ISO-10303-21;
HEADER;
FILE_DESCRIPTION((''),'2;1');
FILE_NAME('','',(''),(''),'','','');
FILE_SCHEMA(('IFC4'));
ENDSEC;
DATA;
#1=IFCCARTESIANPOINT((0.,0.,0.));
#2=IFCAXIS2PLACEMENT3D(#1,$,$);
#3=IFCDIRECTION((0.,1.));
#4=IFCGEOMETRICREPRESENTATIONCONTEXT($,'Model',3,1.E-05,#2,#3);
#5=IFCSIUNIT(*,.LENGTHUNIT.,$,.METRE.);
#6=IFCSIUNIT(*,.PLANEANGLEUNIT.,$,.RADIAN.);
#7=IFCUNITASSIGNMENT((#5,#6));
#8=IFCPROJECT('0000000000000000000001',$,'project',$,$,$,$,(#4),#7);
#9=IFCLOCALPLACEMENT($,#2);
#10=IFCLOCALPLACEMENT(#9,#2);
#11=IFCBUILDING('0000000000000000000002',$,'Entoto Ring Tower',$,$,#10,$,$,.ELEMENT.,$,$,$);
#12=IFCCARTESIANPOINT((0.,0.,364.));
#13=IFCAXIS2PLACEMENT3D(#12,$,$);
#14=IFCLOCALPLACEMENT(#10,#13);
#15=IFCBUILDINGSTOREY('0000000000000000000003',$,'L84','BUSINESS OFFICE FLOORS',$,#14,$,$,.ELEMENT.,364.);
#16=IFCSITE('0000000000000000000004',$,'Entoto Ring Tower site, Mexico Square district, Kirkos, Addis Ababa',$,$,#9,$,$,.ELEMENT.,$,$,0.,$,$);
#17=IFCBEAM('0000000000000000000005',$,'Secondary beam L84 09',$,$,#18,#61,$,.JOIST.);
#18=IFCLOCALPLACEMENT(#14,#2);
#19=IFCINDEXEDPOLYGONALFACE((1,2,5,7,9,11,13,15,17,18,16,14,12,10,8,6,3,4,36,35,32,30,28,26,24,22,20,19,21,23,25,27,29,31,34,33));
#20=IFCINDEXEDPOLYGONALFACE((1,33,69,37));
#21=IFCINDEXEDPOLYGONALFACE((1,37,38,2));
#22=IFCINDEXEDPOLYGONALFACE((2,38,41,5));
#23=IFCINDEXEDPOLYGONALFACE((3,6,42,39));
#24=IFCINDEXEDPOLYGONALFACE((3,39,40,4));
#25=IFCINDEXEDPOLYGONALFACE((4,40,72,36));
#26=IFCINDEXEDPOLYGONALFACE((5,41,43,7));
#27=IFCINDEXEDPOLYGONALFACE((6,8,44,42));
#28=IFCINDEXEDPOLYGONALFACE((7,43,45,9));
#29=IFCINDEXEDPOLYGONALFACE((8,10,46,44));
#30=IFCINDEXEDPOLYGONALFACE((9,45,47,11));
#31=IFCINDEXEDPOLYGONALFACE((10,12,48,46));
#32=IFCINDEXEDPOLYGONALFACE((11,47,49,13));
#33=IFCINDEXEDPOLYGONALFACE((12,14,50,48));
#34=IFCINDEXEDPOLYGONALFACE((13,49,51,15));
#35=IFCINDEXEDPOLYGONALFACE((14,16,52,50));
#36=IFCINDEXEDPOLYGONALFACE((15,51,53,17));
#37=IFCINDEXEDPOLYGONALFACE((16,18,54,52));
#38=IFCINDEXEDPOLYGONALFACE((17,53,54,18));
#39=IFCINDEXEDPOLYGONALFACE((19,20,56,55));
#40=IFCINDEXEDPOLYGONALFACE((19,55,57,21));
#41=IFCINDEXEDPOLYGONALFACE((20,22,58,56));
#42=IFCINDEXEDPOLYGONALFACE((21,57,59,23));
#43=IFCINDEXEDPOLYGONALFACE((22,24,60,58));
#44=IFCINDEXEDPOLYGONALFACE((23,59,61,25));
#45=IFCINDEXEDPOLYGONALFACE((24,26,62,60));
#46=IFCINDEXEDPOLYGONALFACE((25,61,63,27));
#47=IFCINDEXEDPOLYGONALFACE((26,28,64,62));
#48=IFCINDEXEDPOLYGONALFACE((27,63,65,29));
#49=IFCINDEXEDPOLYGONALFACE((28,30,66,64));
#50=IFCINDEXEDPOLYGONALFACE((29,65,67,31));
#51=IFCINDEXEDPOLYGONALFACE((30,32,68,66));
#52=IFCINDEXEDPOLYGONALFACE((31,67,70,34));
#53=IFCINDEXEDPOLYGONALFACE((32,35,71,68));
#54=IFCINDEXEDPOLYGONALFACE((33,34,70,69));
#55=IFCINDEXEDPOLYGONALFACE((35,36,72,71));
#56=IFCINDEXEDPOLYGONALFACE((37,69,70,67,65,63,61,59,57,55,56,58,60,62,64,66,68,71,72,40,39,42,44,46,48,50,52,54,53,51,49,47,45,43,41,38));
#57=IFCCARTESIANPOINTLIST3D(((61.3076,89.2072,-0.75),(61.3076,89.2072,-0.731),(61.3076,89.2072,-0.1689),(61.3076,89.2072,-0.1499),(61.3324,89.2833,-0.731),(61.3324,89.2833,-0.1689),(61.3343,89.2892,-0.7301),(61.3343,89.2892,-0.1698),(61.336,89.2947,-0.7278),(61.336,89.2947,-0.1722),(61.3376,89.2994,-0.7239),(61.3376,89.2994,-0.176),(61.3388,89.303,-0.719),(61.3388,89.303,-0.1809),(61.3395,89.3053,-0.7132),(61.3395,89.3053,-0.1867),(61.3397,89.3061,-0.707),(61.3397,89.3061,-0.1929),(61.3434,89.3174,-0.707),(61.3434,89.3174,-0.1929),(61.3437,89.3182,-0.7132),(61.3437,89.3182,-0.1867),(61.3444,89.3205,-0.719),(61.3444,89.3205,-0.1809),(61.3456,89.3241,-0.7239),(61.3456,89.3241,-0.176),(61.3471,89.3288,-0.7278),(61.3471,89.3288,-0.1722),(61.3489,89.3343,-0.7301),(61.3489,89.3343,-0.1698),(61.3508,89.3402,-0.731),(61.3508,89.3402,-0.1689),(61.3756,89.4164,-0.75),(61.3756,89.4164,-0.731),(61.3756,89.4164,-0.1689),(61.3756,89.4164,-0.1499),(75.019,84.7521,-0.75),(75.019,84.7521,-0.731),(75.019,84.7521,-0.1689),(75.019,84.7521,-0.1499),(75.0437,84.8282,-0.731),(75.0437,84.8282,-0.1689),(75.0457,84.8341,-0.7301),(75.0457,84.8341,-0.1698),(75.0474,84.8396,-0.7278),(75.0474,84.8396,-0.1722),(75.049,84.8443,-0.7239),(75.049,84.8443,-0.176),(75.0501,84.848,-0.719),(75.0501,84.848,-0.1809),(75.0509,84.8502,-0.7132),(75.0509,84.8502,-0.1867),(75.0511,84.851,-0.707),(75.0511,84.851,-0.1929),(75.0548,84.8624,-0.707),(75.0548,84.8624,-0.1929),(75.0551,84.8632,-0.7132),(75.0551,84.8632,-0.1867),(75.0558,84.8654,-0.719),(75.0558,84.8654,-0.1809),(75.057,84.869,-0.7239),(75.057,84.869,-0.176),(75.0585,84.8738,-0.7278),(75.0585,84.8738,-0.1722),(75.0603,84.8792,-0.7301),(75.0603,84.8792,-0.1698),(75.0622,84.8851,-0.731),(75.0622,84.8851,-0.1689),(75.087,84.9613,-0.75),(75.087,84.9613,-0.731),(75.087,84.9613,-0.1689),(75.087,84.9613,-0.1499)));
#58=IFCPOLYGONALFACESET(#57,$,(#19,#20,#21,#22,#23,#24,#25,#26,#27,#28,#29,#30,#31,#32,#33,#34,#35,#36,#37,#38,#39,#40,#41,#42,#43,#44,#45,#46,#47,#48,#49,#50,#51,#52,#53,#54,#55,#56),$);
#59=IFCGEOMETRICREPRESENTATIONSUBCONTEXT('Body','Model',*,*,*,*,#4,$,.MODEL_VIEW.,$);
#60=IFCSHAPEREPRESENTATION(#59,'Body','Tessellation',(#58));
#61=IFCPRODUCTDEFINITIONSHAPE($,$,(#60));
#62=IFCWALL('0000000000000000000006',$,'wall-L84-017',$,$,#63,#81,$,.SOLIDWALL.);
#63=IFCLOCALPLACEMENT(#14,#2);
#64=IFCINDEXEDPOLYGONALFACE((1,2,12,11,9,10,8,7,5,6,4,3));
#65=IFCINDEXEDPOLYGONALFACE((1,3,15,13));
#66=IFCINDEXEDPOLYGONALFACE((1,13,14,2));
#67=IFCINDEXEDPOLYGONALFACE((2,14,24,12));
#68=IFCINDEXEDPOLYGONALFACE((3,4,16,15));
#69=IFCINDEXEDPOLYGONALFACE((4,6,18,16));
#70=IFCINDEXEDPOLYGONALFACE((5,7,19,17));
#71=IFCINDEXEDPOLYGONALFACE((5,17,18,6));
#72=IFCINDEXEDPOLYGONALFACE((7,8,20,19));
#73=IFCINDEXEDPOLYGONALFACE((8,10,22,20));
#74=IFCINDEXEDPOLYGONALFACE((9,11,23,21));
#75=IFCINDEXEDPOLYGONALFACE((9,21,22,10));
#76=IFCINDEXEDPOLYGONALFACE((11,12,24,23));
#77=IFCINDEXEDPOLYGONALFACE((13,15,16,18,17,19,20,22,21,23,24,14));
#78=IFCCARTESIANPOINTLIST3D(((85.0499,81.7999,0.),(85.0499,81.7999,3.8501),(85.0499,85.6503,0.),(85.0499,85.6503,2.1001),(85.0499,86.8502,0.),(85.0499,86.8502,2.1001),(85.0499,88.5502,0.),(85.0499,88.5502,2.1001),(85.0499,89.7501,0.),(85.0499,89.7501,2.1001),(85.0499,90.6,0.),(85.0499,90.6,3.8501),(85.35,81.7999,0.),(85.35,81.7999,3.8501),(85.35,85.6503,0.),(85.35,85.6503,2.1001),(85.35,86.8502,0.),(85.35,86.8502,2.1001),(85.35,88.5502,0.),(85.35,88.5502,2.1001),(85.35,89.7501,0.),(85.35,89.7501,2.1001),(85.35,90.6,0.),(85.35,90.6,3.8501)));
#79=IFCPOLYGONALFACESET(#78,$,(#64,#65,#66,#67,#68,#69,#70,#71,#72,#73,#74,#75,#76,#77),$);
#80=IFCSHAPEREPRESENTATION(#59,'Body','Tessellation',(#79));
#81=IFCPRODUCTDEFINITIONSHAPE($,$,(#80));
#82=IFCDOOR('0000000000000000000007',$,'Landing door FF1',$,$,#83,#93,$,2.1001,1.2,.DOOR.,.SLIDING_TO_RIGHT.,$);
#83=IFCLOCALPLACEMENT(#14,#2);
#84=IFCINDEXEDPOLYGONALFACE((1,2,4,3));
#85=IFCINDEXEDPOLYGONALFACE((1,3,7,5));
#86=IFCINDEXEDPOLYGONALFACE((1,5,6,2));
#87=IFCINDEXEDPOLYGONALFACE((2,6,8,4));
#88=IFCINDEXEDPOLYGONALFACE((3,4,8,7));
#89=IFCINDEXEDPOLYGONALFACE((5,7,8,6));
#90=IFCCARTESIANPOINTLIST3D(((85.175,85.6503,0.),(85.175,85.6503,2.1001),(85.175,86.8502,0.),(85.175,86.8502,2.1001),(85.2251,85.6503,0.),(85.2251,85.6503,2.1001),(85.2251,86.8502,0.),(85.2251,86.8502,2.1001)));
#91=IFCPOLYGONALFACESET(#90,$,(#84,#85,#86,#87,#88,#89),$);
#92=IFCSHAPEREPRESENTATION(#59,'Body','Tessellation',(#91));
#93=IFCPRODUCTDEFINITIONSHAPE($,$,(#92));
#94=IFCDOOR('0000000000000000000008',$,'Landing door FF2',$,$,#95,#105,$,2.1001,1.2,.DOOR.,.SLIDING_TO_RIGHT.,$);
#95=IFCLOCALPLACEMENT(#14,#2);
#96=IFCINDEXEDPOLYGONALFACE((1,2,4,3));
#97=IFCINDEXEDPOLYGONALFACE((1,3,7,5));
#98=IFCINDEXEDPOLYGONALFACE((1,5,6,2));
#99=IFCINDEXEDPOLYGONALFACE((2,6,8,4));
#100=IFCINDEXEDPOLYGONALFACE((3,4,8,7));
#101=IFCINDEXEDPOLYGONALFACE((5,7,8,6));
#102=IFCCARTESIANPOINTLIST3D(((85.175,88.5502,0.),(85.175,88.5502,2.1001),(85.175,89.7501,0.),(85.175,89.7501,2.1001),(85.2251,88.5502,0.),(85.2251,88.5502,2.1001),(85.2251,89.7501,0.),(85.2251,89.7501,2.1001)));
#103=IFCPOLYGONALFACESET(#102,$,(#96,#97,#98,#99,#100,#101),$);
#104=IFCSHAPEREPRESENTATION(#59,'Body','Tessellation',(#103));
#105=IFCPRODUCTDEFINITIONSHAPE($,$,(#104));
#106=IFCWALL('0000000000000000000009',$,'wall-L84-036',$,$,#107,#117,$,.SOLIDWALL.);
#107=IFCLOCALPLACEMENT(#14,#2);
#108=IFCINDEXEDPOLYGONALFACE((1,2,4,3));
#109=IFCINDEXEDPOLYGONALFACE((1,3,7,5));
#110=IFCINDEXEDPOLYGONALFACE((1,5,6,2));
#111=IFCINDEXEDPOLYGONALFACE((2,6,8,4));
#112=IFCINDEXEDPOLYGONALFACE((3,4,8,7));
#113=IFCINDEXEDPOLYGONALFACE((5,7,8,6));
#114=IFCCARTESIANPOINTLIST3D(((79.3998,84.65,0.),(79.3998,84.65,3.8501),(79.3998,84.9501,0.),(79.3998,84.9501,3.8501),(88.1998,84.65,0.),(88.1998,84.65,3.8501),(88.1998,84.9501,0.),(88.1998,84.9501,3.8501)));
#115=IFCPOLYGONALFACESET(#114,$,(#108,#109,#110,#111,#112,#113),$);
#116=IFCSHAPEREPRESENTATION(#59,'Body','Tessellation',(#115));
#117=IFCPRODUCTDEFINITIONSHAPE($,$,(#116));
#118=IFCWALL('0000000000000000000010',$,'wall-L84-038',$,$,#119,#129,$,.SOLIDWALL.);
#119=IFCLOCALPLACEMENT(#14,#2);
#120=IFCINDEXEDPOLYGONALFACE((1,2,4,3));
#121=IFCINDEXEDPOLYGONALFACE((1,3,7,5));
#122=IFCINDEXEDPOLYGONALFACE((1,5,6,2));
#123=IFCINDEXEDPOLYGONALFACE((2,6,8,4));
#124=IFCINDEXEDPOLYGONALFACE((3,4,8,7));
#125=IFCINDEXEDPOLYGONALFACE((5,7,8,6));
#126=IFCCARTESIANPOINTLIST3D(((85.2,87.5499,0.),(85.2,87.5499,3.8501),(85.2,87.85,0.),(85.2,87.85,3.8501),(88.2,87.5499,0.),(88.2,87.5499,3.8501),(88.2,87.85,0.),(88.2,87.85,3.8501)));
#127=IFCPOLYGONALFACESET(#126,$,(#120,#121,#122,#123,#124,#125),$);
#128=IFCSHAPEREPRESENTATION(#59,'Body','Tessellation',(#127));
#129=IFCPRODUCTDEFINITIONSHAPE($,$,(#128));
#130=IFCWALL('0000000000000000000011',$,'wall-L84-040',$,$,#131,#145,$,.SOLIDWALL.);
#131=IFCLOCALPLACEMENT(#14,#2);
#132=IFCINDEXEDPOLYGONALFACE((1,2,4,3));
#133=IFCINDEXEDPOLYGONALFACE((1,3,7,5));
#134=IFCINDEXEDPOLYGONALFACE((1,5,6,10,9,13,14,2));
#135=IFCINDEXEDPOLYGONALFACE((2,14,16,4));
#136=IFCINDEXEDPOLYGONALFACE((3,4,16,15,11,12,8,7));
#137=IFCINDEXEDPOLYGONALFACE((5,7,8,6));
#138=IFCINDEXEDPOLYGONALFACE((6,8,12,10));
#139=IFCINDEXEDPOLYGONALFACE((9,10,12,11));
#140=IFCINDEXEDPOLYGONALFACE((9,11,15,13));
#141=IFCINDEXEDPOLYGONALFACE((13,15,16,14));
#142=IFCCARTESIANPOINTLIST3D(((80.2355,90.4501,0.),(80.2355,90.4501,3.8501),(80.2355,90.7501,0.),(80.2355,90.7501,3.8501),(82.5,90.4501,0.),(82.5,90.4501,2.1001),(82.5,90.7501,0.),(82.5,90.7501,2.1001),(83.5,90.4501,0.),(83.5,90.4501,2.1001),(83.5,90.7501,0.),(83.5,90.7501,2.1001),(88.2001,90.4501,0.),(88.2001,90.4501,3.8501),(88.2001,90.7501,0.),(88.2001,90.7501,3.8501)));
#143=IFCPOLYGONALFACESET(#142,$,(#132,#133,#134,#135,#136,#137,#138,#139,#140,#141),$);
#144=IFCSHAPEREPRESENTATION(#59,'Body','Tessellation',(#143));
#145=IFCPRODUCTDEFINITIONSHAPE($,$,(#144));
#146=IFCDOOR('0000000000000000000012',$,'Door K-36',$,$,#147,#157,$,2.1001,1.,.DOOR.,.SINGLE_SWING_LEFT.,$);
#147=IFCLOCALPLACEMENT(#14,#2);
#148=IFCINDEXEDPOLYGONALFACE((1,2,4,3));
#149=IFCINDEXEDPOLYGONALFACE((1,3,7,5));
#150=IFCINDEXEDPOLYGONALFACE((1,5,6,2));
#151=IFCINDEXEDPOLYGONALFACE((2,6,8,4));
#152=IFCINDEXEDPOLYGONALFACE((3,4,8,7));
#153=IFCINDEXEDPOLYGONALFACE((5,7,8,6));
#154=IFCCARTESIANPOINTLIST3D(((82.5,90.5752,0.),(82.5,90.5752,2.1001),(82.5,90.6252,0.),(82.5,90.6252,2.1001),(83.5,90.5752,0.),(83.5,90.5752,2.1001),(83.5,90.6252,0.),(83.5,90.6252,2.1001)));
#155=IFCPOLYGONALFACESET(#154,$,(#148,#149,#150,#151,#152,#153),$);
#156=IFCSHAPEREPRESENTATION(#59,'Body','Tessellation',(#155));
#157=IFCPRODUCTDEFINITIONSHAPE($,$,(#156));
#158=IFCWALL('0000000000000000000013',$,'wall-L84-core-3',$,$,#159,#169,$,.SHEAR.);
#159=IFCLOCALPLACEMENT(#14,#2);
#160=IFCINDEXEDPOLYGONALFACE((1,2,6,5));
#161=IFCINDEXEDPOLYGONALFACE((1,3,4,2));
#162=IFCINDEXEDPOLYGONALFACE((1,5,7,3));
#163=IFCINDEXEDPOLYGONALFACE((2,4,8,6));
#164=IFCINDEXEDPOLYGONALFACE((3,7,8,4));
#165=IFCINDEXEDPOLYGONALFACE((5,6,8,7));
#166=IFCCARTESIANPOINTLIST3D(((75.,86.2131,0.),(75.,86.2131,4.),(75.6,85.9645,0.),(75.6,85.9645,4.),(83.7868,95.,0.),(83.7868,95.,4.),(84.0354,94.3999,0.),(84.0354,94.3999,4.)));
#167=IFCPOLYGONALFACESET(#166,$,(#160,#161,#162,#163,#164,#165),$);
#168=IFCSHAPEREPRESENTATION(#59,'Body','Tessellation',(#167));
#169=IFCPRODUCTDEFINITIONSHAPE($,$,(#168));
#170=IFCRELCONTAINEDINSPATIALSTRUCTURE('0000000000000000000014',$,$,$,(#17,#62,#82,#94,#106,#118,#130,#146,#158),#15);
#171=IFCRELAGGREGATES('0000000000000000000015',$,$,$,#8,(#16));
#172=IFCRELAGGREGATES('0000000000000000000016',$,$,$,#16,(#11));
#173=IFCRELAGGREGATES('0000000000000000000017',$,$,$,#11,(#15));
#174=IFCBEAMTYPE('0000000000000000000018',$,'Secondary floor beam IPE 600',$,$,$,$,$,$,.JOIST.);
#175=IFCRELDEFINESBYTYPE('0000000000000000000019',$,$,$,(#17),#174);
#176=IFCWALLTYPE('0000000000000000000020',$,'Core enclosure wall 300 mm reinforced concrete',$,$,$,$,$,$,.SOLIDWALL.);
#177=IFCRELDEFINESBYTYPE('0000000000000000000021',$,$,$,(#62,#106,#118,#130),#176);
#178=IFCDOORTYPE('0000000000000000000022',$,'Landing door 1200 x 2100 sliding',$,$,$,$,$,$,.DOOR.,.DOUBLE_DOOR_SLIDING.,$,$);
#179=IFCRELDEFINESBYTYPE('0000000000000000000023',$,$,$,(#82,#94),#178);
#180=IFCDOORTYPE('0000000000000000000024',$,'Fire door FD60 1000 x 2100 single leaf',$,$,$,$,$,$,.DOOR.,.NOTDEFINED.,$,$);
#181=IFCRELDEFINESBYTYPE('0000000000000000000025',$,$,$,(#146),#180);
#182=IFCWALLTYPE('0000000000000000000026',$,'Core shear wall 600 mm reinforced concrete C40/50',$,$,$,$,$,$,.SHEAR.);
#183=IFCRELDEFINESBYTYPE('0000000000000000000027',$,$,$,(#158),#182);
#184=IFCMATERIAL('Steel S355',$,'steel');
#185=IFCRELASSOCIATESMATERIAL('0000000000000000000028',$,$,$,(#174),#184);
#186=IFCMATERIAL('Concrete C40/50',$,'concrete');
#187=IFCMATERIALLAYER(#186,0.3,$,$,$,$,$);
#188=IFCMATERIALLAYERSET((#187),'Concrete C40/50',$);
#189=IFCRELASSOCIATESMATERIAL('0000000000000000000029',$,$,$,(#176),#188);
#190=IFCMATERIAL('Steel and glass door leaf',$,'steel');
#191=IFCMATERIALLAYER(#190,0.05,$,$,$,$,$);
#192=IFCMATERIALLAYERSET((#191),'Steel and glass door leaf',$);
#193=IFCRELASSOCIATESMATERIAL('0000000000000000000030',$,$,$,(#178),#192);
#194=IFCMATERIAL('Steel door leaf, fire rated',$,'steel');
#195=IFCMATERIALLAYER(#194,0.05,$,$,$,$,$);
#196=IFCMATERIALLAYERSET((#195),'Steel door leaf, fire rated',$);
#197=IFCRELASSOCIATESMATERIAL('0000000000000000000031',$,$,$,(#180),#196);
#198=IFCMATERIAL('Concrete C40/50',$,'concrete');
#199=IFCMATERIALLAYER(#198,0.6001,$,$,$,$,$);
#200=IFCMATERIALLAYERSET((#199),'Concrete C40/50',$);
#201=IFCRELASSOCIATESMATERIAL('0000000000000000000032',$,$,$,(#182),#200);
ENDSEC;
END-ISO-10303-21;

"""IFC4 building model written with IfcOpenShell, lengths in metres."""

from ifc_helpers import new_model, si_unit, direction, frame, frame_2d, origin, origin_2d, place, context, subcontext, project, spatial, polyline, rectangle, i_section, outline, extrude, material, layer, layer_set, material_profile, profile_set, type_object, element, fill, save


model = new_model("IFC4")

# Units and contexts
model_context = context("Model", 3, precision=1e-05, world=origin(), true_north=direction((0.0, 1.0)))
body_context = subcontext(model_context, "Body", "Model", "MODEL_VIEW")
ifc_project = project(units=[si_unit("LENGTHUNIT", "METRE"), si_unit("PLANEANGLEUNIT", "RADIAN")], contexts=[model_context])

# Site, building, storey
site_placement = place(None, origin())
site = spatial("IfcSite", under=ifc_project, at=site_placement, Name="Entoto Ring Tower site, Mexico Square district, Kirkos, Addis Ababa", CompositionType="ELEMENT", RefElevation=0.0)
building_placement = place(site_placement, origin())
building = spatial("IfcBuilding", under=site, at=building_placement, Name="Entoto Ring Tower", CompositionType="ELEMENT")
storey_placement = place(building_placement, frame((0.0, 0.0, 364.0)))
storey = spatial("IfcBuildingStorey", under=building, at=storey_placement, Name="L84", Description="BUSINESS OFFICE FLOORS", CompositionType="ELEMENT", Elevation=364.0)

# Beam
ifc_material_1 = material(Name="Steel S355", Category="steel")
ifc_material_profile_1 = material_profile(ifc_material_1, i_section(OverallWidth=0.22, OverallDepth=0.6001, WebThickness=0.012, FlangeThickness=0.019, FilletRadius=0.0239, at=origin_2d()), Name="IPE 600")
ifc_profile_set_1 = profile_set([ifc_material_profile_1], Name="Steel S355")
beam_type_1 = type_object("IfcBeamType", Name="Secondary floor beam IPE 600", PredefinedType="JOIST", material=ifc_profile_set_1)
beam_1_placement = place(storey_placement, frame((75.053, 84.8567, -0.45), z_axis=(-0.951057, 0.309015, 0.0), x_axis=(-0.309015, -0.951057, 0.0)))
element("IfcBeam", 1, at=beam_1_placement, inside=storey, type_object=beam_type_1, Name="Secondary beam L84 09", PredefinedType="JOIST", context=body_context, shape_type="SweptSolid", body=[
    extrude(i_section(OverallWidth=0.22, OverallDepth=0.6001, WebThickness=0.012, FlangeThickness=0.019, FilletRadius=0.0239, at=origin_2d()), origin(), (0.0, 0.0, 1.0), 14.417),
])

# Wall, openings, doors
ifc_material_2 = material(Name="Concrete C40/50", Category="concrete")
ifc_layer_1 = layer(ifc_material_2, 0.3)
ifc_layer_set_1 = layer_set([ifc_layer_1], Name="Concrete C40/50")
wall_type_1 = type_object("IfcWallType", Name="Core enclosure wall 300 mm reinforced concrete", PredefinedType="SOLIDWALL", material=ifc_layer_set_1)
wall_1_placement = place(storey_placement, frame((85.2, 81.8, 0.0), z_axis=(0.0, 0.0, 1.0), x_axis=(0.0, 1.0, 0.0)))
wall_1 = element("IfcWall", 2, at=wall_1_placement, inside=storey, type_object=wall_type_1, Name="wall-L84-017", PredefinedType="SOLIDWALL", context=body_context, shape_type="SweptSolid", body=[
    extrude(rectangle(XDim=8.8, YDim=0.3, at=frame_2d((4.3999, 0.0))), origin(), (0.0, 0.0, 1.0), 3.8501),
])
opening_1_placement = place(wall_1_placement, frame((3.8501, 0.0, 0.0)))
opening_1 = element("IfcOpeningElement", 3, at=opening_1_placement, cuts=wall_1, PredefinedType="OPENING", context=body_context, shape_type="SweptSolid", body=[
    extrude(rectangle(XDim=1.2, YDim=2.1001, at=frame_2d((0.6001, 1.05))), frame((0.0, 0.1602, 0.0), z_axis=(0.0, -1.0, 0.0), x_axis=(1.0, 0.0, 0.0)), (0.0, 0.0, 1.0), 0.3201),
])
opening_2_placement = place(wall_1_placement, frame((6.75, 0.0, 0.0)))
opening_2 = element("IfcOpeningElement", 4, at=opening_2_placement, cuts=wall_1, PredefinedType="OPENING", context=body_context, shape_type="SweptSolid", body=[
    extrude(rectangle(XDim=1.2, YDim=2.1001, at=frame_2d((0.6001, 1.05))), frame((0.0, 0.1602, 0.0), z_axis=(0.0, -1.0, 0.0), x_axis=(1.0, 0.0, 0.0)), (0.0, 0.0, 1.0), 0.3201),
])
ifc_material_3 = material(Name="Steel and glass door leaf", Category="steel")
ifc_layer_2 = layer(ifc_material_3, 0.05)
ifc_layer_set_2 = layer_set([ifc_layer_2], Name="Steel and glass door leaf")
door_type_1 = type_object("IfcDoorType", Name="Landing door 1200 x 2100 sliding", OperationType="DOUBLE_DOOR_SLIDING", PredefinedType="DOOR", material=ifc_layer_set_2)
door_1_placement = place(opening_1_placement, origin())
door_1 = element("IfcDoor", 5, at=door_1_placement, inside=storey, type_object=door_type_1, Name="Landing door FF1", OperationType="SLIDING_TO_RIGHT", OverallHeight=2.1001, OverallWidth=1.2, PredefinedType="DOOR", context=body_context, shape_type="SweptSolid", body=[
    extrude(rectangle(XDim=1.2, YDim=2.1001, at=frame_2d((0.6001, 1.05))), frame((0.0, 0.0249, 0.0), z_axis=(0.0, -1.0, 0.0), x_axis=(1.0, 0.0, 0.0)), (0.0, 0.0, 1.0), 0.05),
])
fill(opening_1, door_1)
door_2_placement = place(opening_2_placement, origin())
door_2 = element("IfcDoor", 6, at=door_2_placement, inside=storey, type_object=door_type_1, Name="Landing door FF2", OperationType="SLIDING_TO_RIGHT", OverallHeight=2.1001, OverallWidth=1.2, PredefinedType="DOOR", context=body_context, shape_type="SweptSolid", body=[
    extrude(rectangle(XDim=1.2, YDim=2.1001, at=frame_2d((0.6001, 1.05))), frame((0.0, 0.0249, 0.0), z_axis=(0.0, -1.0, 0.0), x_axis=(1.0, 0.0, 0.0)), (0.0, 0.0, 1.0), 0.05),
])
fill(opening_2, door_2)

# Walls
wall_2_placement = place(storey_placement, frame((79.3999, 84.8, 0.0), z_axis=(0.0, 0.0, 1.0), x_axis=(1.0, 0.0, 0.0)))
element("IfcWall", 7, at=wall_2_placement, inside=storey, type_object=wall_type_1, Name="wall-L84-036", PredefinedType="SOLIDWALL", context=body_context, shape_type="SweptSolid", body=[
    extrude(rectangle(XDim=8.8, YDim=0.3, at=frame_2d((4.3999, 0.0))), origin(), (0.0, 0.0, 1.0), 3.8501),
])
wall_3_placement = place(storey_placement, frame((85.2, 87.7, 0.0), z_axis=(0.0, 0.0, 1.0), x_axis=(1.0, 0.0, 0.0)))
element("IfcWall", 8, at=wall_3_placement, inside=storey, type_object=wall_type_1, Name="wall-L84-038", PredefinedType="SOLIDWALL", context=body_context, shape_type="SweptSolid", body=[
    extrude(rectangle(XDim=3.0, YDim=0.3, at=frame_2d((1.5, 0.0))), origin(), (0.0, 0.0, 1.0), 3.8501),
])

# Wall, opening, door
wall_4_placement = place(storey_placement, frame((80.2354, 90.6001, 0.0), z_axis=(0.0, 0.0, 1.0), x_axis=(1.0, 0.0, 0.0)))
wall_4 = element("IfcWall", 9, at=wall_4_placement, inside=storey, type_object=wall_type_1, Name="wall-L84-040", PredefinedType="SOLIDWALL", context=body_context, shape_type="SweptSolid", body=[
    extrude(rectangle(XDim=7.9646, YDim=0.3, at=frame_2d((3.9824, 0.0))), origin(), (0.0, 0.0, 1.0), 3.8501),
])
opening_3_placement = place(wall_4_placement, frame((2.2646, 0.0, 0.0)))
opening_3 = element("IfcOpeningElement", 10, at=opening_3_placement, cuts=wall_4, PredefinedType="OPENING", context=body_context, shape_type="SweptSolid", body=[
    extrude(rectangle(XDim=1.0, YDim=2.1001, at=frame_2d((0.5, 1.05))), frame((0.0, 0.1602, 0.0), z_axis=(0.0, -1.0, 0.0), x_axis=(1.0, 0.0, 0.0)), (0.0, 0.0, 1.0), 0.3201),
])
ifc_material_4 = material(Name="Steel door leaf, fire rated", Category="steel")
ifc_layer_3 = layer(ifc_material_4, 0.05)
ifc_layer_set_3 = layer_set([ifc_layer_3], Name="Steel door leaf, fire rated")
door_type_2 = type_object("IfcDoorType", Name="Fire door FD60 1000 x 2100 single leaf", OperationType="NOTDEFINED", PredefinedType="DOOR", material=ifc_layer_set_3)
door_3_placement = place(opening_3_placement, frame((1.0, 0.0, 0.0), z_axis=(0.0, 0.0, 1.0), x_axis=(-1.0, 0.0, 0.0)))
door_3 = element("IfcDoor", 11, at=door_3_placement, inside=storey, type_object=door_type_2, Name="Door K-36", OperationType="SINGLE_SWING_LEFT", OverallHeight=2.1001, OverallWidth=1.0, PredefinedType="DOOR", context=body_context, shape_type="SweptSolid", body=[
    extrude(rectangle(XDim=1.0, YDim=2.1001, at=frame_2d((0.5, 1.05))), frame((0.0, 0.0249, 0.0), z_axis=(0.0, -1.0, 0.0), x_axis=(1.0, 0.0, 0.0)), (0.0, 0.0, 1.0), 0.05),
])
fill(opening_3, door_3)

# Wall
ifc_material_5 = material(Name="Concrete C40/50", Category="concrete")
ifc_layer_4 = layer(ifc_material_5, 0.6001)
ifc_layer_set_4 = layer_set([ifc_layer_4], Name="Concrete C40/50")
wall_type_2 = type_object("IfcWallType", Name="Core shear wall 600 mm reinforced concrete C40/50", PredefinedType="SHEAR", material=ifc_layer_set_4)
wall_5_placement = place(storey_placement, frame((83.9111, 94.7, 0.0), z_axis=(0.0, 0.0, 1.0), x_axis=(-0.707107, -0.707107, 0.0)))
element("IfcWall", 12, at=wall_5_placement, inside=storey, type_object=wall_type_2, Name="wall-L84-core-3", PredefinedType="SHEAR", context=body_context, shape_type="SweptSolid", body=[
    extrude(outline(polyline([(-0.1243, -0.3), (12.3022, -0.3), (12.0537, 0.3), (0.1243, 0.3), (-0.1243, -0.3)])), origin(), (0.0, 0.0, 1.0), 4.0),
])

save(model, "model.ifc")
